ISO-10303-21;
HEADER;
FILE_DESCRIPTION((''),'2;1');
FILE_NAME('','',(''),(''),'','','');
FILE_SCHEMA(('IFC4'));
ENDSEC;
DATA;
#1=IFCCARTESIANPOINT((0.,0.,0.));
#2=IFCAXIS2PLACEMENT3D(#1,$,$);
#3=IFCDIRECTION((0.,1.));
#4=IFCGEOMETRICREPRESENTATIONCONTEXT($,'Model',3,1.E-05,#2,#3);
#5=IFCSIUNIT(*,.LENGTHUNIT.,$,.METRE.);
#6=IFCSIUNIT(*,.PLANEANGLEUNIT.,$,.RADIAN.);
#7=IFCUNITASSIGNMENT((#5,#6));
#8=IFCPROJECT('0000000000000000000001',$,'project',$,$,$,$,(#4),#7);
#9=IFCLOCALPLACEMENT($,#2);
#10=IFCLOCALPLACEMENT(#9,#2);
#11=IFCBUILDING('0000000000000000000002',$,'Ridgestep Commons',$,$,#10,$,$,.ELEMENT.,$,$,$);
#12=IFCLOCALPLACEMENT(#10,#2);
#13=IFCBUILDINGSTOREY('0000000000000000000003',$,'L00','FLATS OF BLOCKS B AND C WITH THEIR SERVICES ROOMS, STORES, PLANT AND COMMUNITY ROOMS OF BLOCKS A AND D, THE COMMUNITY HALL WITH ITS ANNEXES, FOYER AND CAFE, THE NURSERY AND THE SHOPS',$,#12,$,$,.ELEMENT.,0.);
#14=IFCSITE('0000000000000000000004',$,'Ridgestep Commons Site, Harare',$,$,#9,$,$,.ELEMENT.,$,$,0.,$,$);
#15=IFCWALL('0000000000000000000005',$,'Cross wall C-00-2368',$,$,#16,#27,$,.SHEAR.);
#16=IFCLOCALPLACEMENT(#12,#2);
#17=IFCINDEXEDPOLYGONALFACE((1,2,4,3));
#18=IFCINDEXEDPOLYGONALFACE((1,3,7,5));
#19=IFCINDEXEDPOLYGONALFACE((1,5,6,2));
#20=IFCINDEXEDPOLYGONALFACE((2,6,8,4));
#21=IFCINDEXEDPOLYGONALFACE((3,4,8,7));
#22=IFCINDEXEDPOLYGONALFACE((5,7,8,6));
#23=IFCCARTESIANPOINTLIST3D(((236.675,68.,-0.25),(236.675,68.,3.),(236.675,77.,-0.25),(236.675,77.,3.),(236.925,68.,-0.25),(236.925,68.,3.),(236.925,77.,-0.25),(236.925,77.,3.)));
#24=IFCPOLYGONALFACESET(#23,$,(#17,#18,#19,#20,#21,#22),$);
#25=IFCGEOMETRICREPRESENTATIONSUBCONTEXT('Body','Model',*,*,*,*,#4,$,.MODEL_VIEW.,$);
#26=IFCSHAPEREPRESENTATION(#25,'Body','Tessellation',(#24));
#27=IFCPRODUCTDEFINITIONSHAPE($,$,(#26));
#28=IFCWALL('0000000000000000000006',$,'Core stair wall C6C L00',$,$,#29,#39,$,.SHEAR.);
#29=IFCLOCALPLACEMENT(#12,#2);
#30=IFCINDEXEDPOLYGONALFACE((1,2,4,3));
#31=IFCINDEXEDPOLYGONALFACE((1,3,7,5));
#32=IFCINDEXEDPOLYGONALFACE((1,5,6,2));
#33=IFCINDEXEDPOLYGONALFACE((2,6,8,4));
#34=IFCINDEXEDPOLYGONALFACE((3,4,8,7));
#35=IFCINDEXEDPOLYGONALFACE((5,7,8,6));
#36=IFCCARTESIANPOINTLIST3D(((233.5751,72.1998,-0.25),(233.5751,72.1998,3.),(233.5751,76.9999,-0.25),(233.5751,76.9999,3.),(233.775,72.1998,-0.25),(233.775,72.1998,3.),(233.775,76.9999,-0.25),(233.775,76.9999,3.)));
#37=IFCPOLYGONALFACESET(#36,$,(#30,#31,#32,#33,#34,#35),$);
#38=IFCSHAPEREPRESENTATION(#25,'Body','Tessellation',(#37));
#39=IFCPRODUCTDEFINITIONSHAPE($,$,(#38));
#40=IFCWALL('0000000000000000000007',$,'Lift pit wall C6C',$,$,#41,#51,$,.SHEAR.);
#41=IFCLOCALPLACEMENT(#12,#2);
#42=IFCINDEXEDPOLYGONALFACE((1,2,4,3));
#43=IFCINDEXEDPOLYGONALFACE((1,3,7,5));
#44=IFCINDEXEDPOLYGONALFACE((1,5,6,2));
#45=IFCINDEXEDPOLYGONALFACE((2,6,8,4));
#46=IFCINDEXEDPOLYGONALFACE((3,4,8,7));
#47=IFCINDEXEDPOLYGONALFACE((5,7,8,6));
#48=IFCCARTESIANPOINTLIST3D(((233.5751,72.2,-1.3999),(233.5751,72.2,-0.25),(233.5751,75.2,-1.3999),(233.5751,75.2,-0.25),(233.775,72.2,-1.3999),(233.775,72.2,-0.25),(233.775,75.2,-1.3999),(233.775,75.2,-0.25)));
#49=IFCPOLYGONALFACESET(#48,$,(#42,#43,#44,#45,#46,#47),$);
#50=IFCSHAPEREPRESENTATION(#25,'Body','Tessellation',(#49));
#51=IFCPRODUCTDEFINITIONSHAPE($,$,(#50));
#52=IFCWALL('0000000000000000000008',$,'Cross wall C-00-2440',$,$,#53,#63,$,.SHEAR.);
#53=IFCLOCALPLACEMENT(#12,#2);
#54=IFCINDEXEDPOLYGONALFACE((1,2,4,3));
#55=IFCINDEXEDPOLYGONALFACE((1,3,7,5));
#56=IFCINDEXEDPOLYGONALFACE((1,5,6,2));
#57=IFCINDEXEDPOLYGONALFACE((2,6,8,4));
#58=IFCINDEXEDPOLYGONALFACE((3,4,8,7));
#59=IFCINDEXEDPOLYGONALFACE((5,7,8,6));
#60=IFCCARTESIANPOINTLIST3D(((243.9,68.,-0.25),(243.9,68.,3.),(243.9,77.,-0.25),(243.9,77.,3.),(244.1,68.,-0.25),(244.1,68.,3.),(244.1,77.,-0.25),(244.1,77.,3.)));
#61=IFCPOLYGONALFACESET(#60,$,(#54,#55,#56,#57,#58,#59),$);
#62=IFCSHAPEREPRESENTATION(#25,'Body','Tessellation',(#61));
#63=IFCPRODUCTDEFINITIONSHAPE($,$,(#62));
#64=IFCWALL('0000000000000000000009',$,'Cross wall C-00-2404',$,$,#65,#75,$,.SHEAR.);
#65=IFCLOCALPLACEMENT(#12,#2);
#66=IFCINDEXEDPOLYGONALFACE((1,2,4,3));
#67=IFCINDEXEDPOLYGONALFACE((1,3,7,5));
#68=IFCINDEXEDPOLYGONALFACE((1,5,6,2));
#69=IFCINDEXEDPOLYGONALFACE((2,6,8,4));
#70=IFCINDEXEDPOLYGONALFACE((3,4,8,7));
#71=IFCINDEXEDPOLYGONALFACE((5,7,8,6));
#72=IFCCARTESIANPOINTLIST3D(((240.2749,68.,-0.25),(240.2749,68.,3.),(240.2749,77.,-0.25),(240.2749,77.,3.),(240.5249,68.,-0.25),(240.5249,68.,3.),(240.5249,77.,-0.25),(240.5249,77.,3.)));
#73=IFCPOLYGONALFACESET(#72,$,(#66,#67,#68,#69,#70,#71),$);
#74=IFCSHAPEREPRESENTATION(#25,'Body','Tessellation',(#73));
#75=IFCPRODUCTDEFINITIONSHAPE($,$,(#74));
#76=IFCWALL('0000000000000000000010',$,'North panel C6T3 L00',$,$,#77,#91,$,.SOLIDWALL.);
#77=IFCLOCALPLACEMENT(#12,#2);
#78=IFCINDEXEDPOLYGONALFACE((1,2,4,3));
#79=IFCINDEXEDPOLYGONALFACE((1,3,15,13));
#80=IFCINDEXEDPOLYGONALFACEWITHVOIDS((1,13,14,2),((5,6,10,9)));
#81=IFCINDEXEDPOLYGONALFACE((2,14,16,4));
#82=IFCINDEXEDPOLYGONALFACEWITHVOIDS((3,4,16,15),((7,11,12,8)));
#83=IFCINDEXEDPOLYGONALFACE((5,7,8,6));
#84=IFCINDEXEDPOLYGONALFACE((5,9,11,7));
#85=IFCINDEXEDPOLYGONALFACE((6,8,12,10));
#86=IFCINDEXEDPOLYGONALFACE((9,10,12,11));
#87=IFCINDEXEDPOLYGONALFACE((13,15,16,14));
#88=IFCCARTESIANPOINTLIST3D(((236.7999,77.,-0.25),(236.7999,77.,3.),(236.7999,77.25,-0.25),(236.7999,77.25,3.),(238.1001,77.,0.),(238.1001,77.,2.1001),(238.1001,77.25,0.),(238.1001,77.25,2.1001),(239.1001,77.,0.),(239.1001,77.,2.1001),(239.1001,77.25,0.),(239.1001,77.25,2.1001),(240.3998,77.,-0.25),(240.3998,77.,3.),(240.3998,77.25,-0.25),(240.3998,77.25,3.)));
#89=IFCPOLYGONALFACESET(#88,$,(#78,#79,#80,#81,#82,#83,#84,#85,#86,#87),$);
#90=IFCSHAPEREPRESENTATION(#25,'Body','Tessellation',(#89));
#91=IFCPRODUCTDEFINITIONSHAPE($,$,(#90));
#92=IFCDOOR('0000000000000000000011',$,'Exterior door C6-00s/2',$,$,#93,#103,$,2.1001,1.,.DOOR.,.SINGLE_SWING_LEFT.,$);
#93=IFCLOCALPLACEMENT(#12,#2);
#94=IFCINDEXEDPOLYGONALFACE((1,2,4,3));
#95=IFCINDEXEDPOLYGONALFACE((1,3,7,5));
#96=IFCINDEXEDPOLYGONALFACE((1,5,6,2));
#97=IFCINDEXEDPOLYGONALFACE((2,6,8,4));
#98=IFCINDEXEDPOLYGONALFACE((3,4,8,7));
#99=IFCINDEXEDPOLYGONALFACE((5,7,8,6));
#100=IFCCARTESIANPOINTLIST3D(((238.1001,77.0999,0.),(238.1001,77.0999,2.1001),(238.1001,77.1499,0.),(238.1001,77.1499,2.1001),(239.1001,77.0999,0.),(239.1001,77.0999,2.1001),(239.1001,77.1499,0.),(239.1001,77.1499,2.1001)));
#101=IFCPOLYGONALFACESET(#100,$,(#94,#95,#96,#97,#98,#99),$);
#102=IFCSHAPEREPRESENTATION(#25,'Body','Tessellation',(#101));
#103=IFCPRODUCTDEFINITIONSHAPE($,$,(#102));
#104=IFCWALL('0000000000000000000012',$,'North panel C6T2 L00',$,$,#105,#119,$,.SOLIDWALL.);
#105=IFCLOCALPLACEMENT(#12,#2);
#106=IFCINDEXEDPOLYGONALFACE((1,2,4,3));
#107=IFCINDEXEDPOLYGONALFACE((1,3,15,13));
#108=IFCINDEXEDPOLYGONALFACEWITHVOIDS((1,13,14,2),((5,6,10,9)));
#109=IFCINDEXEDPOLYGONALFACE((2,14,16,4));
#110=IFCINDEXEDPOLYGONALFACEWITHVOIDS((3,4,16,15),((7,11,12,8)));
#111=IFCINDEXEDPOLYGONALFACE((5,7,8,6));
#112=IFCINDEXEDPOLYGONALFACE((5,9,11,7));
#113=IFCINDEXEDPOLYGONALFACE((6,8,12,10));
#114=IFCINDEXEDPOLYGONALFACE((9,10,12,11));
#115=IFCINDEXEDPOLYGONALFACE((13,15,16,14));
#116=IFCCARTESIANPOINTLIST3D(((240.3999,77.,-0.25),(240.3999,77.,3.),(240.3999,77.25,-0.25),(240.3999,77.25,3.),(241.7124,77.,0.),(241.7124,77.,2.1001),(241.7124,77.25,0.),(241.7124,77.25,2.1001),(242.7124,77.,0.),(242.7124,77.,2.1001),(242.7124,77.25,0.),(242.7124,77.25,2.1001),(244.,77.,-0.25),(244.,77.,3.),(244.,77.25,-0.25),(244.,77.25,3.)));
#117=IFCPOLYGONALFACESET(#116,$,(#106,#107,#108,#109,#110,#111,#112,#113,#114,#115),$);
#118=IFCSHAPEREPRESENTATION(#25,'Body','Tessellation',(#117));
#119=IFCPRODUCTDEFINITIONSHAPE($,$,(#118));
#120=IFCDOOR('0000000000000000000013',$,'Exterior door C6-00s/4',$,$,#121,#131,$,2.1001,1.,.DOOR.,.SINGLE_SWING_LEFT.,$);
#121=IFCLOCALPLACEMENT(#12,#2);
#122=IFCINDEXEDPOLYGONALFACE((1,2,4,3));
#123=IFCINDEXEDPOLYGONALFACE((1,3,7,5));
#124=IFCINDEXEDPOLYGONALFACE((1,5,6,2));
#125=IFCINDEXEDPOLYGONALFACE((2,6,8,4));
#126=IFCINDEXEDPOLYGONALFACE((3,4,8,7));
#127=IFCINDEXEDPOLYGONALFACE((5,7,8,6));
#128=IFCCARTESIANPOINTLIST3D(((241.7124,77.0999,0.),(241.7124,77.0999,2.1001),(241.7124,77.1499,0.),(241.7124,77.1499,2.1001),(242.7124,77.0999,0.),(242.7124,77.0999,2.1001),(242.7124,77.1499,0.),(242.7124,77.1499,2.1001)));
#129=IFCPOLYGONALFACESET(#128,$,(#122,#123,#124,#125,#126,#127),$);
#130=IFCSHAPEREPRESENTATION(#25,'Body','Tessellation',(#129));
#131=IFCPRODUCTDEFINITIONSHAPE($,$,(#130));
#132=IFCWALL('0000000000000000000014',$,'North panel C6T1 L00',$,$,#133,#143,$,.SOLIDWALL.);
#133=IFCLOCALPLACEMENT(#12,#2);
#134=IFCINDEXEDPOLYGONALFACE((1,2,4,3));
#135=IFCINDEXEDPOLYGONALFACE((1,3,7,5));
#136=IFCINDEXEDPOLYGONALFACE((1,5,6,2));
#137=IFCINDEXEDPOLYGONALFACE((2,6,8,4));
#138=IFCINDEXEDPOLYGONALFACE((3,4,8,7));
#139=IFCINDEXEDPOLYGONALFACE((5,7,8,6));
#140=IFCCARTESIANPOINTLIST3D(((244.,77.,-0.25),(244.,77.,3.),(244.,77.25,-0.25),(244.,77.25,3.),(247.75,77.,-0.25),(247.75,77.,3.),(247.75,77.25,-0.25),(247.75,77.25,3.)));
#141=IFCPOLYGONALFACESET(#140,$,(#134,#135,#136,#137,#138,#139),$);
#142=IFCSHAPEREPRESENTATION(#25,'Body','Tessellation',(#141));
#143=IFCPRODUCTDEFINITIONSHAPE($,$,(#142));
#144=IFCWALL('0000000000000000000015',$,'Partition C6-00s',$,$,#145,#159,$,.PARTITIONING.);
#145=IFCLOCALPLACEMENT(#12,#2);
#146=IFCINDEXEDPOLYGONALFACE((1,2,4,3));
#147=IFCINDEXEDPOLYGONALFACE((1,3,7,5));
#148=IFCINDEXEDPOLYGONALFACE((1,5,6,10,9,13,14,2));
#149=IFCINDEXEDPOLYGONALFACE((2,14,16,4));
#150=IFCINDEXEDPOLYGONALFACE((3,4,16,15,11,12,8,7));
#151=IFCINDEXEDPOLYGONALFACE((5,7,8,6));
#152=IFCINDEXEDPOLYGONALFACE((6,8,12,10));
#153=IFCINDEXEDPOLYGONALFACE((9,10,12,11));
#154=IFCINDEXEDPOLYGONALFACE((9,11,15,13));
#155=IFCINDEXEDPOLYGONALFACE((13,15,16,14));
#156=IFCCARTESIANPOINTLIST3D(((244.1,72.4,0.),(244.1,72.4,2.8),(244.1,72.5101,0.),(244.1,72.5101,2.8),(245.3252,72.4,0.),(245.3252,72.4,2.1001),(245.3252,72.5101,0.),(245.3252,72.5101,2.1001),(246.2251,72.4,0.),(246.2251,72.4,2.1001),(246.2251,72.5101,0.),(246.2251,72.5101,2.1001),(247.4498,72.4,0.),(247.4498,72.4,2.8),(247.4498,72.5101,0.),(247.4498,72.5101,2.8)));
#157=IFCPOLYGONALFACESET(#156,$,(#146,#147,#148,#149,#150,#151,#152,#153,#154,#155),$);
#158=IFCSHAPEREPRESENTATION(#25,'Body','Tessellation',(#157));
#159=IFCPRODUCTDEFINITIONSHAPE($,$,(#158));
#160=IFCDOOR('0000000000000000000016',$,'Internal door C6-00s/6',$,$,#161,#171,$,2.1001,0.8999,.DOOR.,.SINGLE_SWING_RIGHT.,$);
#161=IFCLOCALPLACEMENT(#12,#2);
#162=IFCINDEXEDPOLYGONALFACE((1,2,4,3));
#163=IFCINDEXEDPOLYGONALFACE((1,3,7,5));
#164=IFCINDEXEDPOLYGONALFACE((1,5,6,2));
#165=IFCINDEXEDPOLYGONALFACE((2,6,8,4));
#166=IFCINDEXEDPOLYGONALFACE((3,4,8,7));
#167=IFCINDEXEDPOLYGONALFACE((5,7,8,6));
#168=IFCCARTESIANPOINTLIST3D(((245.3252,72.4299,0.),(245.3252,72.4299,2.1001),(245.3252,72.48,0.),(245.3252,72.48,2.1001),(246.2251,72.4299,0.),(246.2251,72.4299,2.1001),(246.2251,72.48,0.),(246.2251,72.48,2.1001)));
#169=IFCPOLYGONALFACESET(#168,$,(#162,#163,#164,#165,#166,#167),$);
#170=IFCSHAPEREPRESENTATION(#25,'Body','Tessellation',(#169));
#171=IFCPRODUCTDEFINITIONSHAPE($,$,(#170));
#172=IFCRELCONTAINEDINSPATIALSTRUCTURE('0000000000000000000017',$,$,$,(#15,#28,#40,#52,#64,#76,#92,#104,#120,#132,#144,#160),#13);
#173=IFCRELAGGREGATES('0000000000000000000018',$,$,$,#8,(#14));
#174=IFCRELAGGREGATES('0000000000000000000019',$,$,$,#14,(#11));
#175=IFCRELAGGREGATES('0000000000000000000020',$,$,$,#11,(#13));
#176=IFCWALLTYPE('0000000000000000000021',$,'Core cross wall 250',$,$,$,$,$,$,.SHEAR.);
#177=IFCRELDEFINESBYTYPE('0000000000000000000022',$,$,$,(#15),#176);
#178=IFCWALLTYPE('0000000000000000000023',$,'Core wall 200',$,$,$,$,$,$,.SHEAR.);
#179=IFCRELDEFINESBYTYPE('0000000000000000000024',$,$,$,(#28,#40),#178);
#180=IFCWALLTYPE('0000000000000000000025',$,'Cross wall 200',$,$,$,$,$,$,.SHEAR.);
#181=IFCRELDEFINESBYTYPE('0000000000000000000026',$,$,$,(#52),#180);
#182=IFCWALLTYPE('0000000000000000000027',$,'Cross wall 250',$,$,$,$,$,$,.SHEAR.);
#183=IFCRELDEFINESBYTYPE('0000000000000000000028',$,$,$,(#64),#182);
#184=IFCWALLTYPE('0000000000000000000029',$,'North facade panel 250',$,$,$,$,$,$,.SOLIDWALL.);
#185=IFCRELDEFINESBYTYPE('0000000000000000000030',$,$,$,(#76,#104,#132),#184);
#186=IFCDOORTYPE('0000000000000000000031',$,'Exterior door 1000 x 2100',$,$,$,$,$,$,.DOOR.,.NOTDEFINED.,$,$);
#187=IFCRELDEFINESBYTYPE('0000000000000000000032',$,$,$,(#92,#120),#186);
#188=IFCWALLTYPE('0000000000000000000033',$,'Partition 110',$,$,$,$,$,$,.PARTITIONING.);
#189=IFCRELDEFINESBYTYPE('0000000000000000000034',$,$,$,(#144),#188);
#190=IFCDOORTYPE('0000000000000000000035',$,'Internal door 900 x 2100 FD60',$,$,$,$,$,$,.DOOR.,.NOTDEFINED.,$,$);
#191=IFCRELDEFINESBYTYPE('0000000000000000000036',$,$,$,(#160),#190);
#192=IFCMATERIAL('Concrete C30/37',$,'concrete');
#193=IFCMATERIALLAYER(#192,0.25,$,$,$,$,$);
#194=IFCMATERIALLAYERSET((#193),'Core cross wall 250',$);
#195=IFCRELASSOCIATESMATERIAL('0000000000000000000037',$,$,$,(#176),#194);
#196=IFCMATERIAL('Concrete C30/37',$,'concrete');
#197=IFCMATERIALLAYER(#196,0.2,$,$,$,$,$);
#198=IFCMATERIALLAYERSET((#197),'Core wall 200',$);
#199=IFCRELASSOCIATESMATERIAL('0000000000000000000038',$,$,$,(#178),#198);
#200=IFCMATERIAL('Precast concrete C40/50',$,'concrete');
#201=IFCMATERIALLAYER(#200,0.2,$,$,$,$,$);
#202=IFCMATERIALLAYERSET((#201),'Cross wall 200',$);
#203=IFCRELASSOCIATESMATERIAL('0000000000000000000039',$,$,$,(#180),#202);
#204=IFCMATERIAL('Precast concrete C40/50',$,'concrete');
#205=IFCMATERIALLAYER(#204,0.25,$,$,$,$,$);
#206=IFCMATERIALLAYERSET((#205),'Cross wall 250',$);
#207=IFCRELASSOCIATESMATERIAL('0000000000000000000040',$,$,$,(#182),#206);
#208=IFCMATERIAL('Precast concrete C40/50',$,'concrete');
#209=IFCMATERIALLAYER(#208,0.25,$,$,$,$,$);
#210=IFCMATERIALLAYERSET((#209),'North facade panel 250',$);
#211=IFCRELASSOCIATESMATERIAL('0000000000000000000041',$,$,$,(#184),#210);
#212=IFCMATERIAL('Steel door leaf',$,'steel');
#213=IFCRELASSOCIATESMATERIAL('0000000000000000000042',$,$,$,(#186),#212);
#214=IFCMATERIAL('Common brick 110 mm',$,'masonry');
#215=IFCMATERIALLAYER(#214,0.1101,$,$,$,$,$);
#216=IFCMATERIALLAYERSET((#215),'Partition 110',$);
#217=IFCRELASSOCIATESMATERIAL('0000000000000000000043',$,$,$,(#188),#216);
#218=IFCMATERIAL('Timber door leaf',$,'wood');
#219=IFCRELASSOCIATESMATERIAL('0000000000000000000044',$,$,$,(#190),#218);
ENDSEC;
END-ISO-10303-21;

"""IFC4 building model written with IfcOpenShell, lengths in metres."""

from ifc_helpers import new_model, si_unit, direction, frame, frame_2d, origin, place, context, subcontext, project, spatial, rectangle, extrude, material, layer, layer_set, type_object, element, fill, save


model = new_model("IFC4")

# Units and contexts
model_context = context("Model", 3, precision=1e-05, world=origin(), true_north=direction((0.0, 1.0)))
body_context = subcontext(model_context, "Body", "Model", "MODEL_VIEW")
ifc_project = project(units=[si_unit("LENGTHUNIT", "METRE"), si_unit("PLANEANGLEUNIT", "RADIAN")], contexts=[model_context])

# Site, building, storey
site_placement = place(None, origin())
site = spatial("IfcSite", under=ifc_project, at=site_placement, Name="Ridgestep Commons Site, Harare", CompositionType="ELEMENT", RefElevation=0.0)
building_placement = place(site_placement, origin())
building = spatial("IfcBuilding", under=site, at=building_placement, Name="Ridgestep Commons", CompositionType="ELEMENT")
storey_placement = place(building_placement, origin())
storey = spatial("IfcBuildingStorey", under=building, at=storey_placement, Name="L00", Description="FLATS OF BLOCKS B AND C WITH THEIR SERVICES ROOMS, STORES, PLANT AND COMMUNITY ROOMS OF BLOCKS A AND D, THE COMMUNITY HALL WITH ITS ANNEXES, FOYER AND CAFE, THE NURSERY AND THE SHOPS", CompositionType="ELEMENT", Elevation=0.0)

# Walls
ifc_material_1 = material(Name="Concrete C30/37", Category="concrete")
ifc_layer_1 = layer(ifc_material_1, 0.25)
ifc_layer_set_1 = layer_set([ifc_layer_1], Name="Core cross wall 250")
wall_type_1 = type_object("IfcWallType", Name="Core cross wall 250", PredefinedType="SHEAR", material=ifc_layer_set_1)
wall_1_placement = place(storey_placement, frame((236.8, 68.0, -0.25), z_axis=(0.0, 0.0, 1.0), x_axis=(0.0, 1.0, 0.0)))
element("IfcWall", 1, at=wall_1_placement, inside=storey, type_object=wall_type_1, Name="Cross wall C-00-2368", PredefinedType="SHEAR", context=body_context, shape_type="SweptSolid", body=[
    extrude(rectangle(XDim=9.0, YDim=0.25, at=frame_2d((4.5, 0.0))), origin(), (0.0, 0.0, 1.0), 3.25),
])
ifc_material_2 = material(Name="Concrete C30/37", Category="concrete")
ifc_layer_2 = layer(ifc_material_2, 0.2)
ifc_layer_set_2 = layer_set([ifc_layer_2], Name="Core wall 200")
wall_type_2 = type_object("IfcWallType", Name="Core wall 200", PredefinedType="SHEAR", material=ifc_layer_set_2)
wall_2_placement = place(storey_placement, frame((233.675, 72.2, -0.25), z_axis=(0.0, 0.0, 1.0), x_axis=(0.0, 1.0, 0.0)))
element("IfcWall", 2, at=wall_2_placement, inside=storey, type_object=wall_type_2, Name="Core stair wall C6C L00", PredefinedType="SHEAR", context=body_context, shape_type="SweptSolid", body=[
    extrude(rectangle(XDim=4.8, YDim=0.2, at=frame_2d((2.3999, 0.0))), origin(), (0.0, 0.0, 1.0), 3.25),
])
wall_3_placement = place(storey_placement, frame((233.675, 72.2, -1.3999), z_axis=(0.0, 0.0, 1.0), x_axis=(0.0, 1.0, 0.0)))
element("IfcWall", 3, at=wall_3_placement, inside=storey, type_object=wall_type_2, Name="Lift pit wall C6C", PredefinedType="SHEAR", context=body_context, shape_type="SweptSolid", body=[
    extrude(rectangle(XDim=3.0, YDim=0.2, at=frame_2d((1.5, 0.0))), origin(), (0.0, 0.0, 1.0), 1.1499),
])
ifc_material_3 = material(Name="Precast concrete C40/50", Category="concrete")
ifc_layer_3 = layer(ifc_material_3, 0.2)
ifc_layer_set_3 = layer_set([ifc_layer_3], Name="Cross wall 200")
wall_type_3 = type_object("IfcWallType", Name="Cross wall 200", PredefinedType="SHEAR", material=ifc_layer_set_3)
wall_4_placement = place(storey_placement, frame((244.0, 68.0, -0.25), z_axis=(0.0, 0.0, 1.0), x_axis=(0.0, 1.0, 0.0)))
element("IfcWall", 4, at=wall_4_placement, inside=storey, type_object=wall_type_3, Name="Cross wall C-00-2440", PredefinedType="SHEAR", context=body_context, shape_type="SweptSolid", body=[
    extrude(rectangle(XDim=9.0, YDim=0.2, at=frame_2d((4.5, 0.0))), origin(), (0.0, 0.0, 1.0), 3.25),
])
ifc_material_4 = material(Name="Precast concrete C40/50", Category="concrete")
ifc_layer_4 = layer(ifc_material_4, 0.25)
ifc_layer_set_4 = layer_set([ifc_layer_4], Name="Cross wall 250")
wall_type_4 = type_object("IfcWallType", Name="Cross wall 250", PredefinedType="SHEAR", material=ifc_layer_set_4)
wall_5_placement = place(storey_placement, frame((240.3999, 68.0, -0.25), z_axis=(0.0, 0.0, 1.0), x_axis=(0.0, 1.0, 0.0)))
element("IfcWall", 5, at=wall_5_placement, inside=storey, type_object=wall_type_4, Name="Cross wall C-00-2404", PredefinedType="SHEAR", context=body_context, shape_type="SweptSolid", body=[
    extrude(rectangle(XDim=9.0, YDim=0.25, at=frame_2d((4.5, 0.0))), origin(), (0.0, 0.0, 1.0), 3.25),
])

# Walls, openings, doors
ifc_material_5 = material(Name="Precast concrete C40/50", Category="concrete")
ifc_layer_5 = layer(ifc_material_5, 0.25)
ifc_layer_set_5 = layer_set([ifc_layer_5], Name="North facade panel 250")
wall_type_5 = type_object("IfcWallType", Name="North facade panel 250", PredefinedType="SOLIDWALL", material=ifc_layer_set_5)
wall_6_placement = place(storey_placement, frame((236.8, 77.125, -0.25), z_axis=(0.0, 0.0, 1.0), x_axis=(1.0, 0.0, 0.0)))
wall_6 = element("IfcWall", 6, at=wall_6_placement, inside=storey, type_object=wall_type_5, Name="North panel C6T3 L00", PredefinedType="SOLIDWALL", context=body_context, shape_type="SweptSolid", body=[
    extrude(rectangle(XDim=3.5999, YDim=0.25, at=frame_2d((1.7998, 0.0))), origin(), (0.0, 0.0, 1.0), 3.25),
])
opening_1_placement = place(wall_6_placement, frame((1.3, 0.0, 0.25)))
opening_1 = element("IfcOpeningElement", 7, at=opening_1_placement, cuts=wall_6, PredefinedType="OPENING", context=body_context, shape_type="SweptSolid", body=[
    extrude(rectangle(XDim=1.0, YDim=2.1001, at=frame_2d((0.5, 1.05))), frame((0.0, 0.135, 0.0), z_axis=(0.0, -1.0, 0.0), x_axis=(1.0, 0.0, 0.0)), (0.0, 0.0, 1.0), 0.27),
])
ifc_material_6 = material(Name="Steel door leaf", Category="steel")
door_type_1 = type_object("IfcDoorType", Name="Exterior door 1000 x 2100", OperationType="NOTDEFINED", PredefinedType="DOOR", material=ifc_material_6)
door_1_placement = place(opening_1_placement, origin())
door_1 = element("IfcDoor", 8, at=door_1_placement, inside=storey, type_object=door_type_1, Name="Exterior door C6-00s/2", OperationType="SINGLE_SWING_LEFT", OverallHeight=2.1001, OverallWidth=1.0, PredefinedType="DOOR", context=body_context, shape_type="SweptSolid", body=[
    extrude(rectangle(XDim=1.0, YDim=2.1001, at=frame_2d((0.5, 1.05))), frame((0.0, 0.0249, 0.0), z_axis=(0.0, -1.0, 0.0), x_axis=(1.0, 0.0, 0.0)), (0.0, 0.0, 1.0), 0.05),
])
fill(opening_1, door_1)
wall_7_placement = place(storey_placement, frame((240.3999, 77.125, -0.25), z_axis=(0.0, 0.0, 1.0), x_axis=(1.0, 0.0, 0.0)))
wall_7 = element("IfcWall", 9, at=wall_7_placement, inside=storey, type_object=wall_type_5, Name="North panel C6T2 L00", PredefinedType="SOLIDWALL", context=body_context, shape_type="SweptSolid", body=[
    extrude(rectangle(XDim=3.6001, YDim=0.25, at=frame_2d((1.8, 0.0))), origin(), (0.0, 0.0, 1.0), 3.25),
])
opening_2_placement = place(wall_7_placement, frame((1.3125, 0.0, 0.25)))
opening_2 = element("IfcOpeningElement", 10, at=opening_2_placement, cuts=wall_7, PredefinedType="OPENING", context=body_context, shape_type="SweptSolid", body=[
    extrude(rectangle(XDim=1.0, YDim=2.1001, at=frame_2d((0.5, 1.05))), frame((0.0, 0.135, 0.0), z_axis=(0.0, -1.0, 0.0), x_axis=(1.0, 0.0, 0.0)), (0.0, 0.0, 1.0), 0.27),
])
door_2_placement = place(opening_2_placement, origin())
door_2 = element("IfcDoor", 11, at=door_2_placement, inside=storey, type_object=door_type_1, Name="Exterior door C6-00s/4", OperationType="SINGLE_SWING_LEFT", OverallHeight=2.1001, OverallWidth=1.0, PredefinedType="DOOR", context=body_context, shape_type="SweptSolid", body=[
    extrude(rectangle(XDim=1.0, YDim=2.1001, at=frame_2d((0.5, 1.05))), frame((0.0, 0.0249, 0.0), z_axis=(0.0, -1.0, 0.0), x_axis=(1.0, 0.0, 0.0)), (0.0, 0.0, 1.0), 0.05),
])
fill(opening_2, door_2)

# Wall
wall_8_placement = place(storey_placement, frame((244.0, 77.125, -0.25), z_axis=(0.0, 0.0, 1.0), x_axis=(1.0, 0.0, 0.0)))
element("IfcWall", 12, at=wall_8_placement, inside=storey, type_object=wall_type_5, Name="North panel C6T1 L00", PredefinedType="SOLIDWALL", context=body_context, shape_type="SweptSolid", body=[
    extrude(rectangle(XDim=3.75, YDim=0.25, at=frame_2d((1.875, 0.0))), origin(), (0.0, 0.0, 1.0), 3.25),
])

# Wall, opening, door
ifc_material_7 = material(Name="Common brick 110 mm", Category="masonry")
ifc_layer_6 = layer(ifc_material_7, 0.1101)
ifc_layer_set_6 = layer_set([ifc_layer_6], Name="Partition 110")
wall_type_6 = type_object("IfcWallType", Name="Partition 110", PredefinedType="PARTITIONING", material=ifc_layer_set_6)
wall_9_placement = place(storey_placement, frame((244.1001, 72.4551, 0.0), z_axis=(0.0, 0.0, 1.0), x_axis=(1.0, 0.0, 0.0)))
wall_9 = element("IfcWall", 13, at=wall_9_placement, inside=storey, type_object=wall_type_6, Name="Partition C6-00s", PredefinedType="PARTITIONING", context=body_context, shape_type="SweptSolid", body=[
    extrude(rectangle(XDim=3.3499, YDim=0.1101, at=frame_2d((1.6748, 0.0))), origin(), (0.0, 0.0, 1.0), 2.8),
])
opening_3_placement = place(wall_9_placement, frame((1.2251, 0.0, 0.0)))
opening_3 = element("IfcOpeningElement", 14, at=opening_3_placement, cuts=wall_9, PredefinedType="OPENING", context=body_context, shape_type="SweptSolid", body=[
    extrude(rectangle(XDim=0.8999, YDim=2.1001, at=frame_2d((0.45, 1.05))), frame((0.0, 0.0649, 0.0), z_axis=(0.0, -1.0, 0.0), x_axis=(1.0, 0.0, 0.0)), (0.0, 0.0, 1.0), 0.1301),
])
ifc_material_8 = material(Name="Timber door leaf", Category="wood")
door_type_2 = type_object("IfcDoorType", Name="Internal door 900 x 2100 FD60", OperationType="NOTDEFINED", PredefinedType="DOOR", material=ifc_material_8)
door_3_placement = place(opening_3_placement, origin())
door_3 = element("IfcDoor", 15, at=door_3_placement, inside=storey, type_object=door_type_2, Name="Internal door C6-00s/6", OperationType="SINGLE_SWING_RIGHT", OverallHeight=2.1001, OverallWidth=0.8999, PredefinedType="DOOR", context=body_context, shape_type="SweptSolid", body=[
    extrude(rectangle(XDim=0.8999, YDim=2.1001, at=frame_2d((0.45, 1.05))), frame((0.0, 0.0249, 0.0), z_axis=(0.0, -1.0, 0.0), x_axis=(1.0, 0.0, 0.0)), (0.0, 0.0, 1.0), 0.05),
])
fill(opening_3, door_3)

save(model, "model.ifc")
